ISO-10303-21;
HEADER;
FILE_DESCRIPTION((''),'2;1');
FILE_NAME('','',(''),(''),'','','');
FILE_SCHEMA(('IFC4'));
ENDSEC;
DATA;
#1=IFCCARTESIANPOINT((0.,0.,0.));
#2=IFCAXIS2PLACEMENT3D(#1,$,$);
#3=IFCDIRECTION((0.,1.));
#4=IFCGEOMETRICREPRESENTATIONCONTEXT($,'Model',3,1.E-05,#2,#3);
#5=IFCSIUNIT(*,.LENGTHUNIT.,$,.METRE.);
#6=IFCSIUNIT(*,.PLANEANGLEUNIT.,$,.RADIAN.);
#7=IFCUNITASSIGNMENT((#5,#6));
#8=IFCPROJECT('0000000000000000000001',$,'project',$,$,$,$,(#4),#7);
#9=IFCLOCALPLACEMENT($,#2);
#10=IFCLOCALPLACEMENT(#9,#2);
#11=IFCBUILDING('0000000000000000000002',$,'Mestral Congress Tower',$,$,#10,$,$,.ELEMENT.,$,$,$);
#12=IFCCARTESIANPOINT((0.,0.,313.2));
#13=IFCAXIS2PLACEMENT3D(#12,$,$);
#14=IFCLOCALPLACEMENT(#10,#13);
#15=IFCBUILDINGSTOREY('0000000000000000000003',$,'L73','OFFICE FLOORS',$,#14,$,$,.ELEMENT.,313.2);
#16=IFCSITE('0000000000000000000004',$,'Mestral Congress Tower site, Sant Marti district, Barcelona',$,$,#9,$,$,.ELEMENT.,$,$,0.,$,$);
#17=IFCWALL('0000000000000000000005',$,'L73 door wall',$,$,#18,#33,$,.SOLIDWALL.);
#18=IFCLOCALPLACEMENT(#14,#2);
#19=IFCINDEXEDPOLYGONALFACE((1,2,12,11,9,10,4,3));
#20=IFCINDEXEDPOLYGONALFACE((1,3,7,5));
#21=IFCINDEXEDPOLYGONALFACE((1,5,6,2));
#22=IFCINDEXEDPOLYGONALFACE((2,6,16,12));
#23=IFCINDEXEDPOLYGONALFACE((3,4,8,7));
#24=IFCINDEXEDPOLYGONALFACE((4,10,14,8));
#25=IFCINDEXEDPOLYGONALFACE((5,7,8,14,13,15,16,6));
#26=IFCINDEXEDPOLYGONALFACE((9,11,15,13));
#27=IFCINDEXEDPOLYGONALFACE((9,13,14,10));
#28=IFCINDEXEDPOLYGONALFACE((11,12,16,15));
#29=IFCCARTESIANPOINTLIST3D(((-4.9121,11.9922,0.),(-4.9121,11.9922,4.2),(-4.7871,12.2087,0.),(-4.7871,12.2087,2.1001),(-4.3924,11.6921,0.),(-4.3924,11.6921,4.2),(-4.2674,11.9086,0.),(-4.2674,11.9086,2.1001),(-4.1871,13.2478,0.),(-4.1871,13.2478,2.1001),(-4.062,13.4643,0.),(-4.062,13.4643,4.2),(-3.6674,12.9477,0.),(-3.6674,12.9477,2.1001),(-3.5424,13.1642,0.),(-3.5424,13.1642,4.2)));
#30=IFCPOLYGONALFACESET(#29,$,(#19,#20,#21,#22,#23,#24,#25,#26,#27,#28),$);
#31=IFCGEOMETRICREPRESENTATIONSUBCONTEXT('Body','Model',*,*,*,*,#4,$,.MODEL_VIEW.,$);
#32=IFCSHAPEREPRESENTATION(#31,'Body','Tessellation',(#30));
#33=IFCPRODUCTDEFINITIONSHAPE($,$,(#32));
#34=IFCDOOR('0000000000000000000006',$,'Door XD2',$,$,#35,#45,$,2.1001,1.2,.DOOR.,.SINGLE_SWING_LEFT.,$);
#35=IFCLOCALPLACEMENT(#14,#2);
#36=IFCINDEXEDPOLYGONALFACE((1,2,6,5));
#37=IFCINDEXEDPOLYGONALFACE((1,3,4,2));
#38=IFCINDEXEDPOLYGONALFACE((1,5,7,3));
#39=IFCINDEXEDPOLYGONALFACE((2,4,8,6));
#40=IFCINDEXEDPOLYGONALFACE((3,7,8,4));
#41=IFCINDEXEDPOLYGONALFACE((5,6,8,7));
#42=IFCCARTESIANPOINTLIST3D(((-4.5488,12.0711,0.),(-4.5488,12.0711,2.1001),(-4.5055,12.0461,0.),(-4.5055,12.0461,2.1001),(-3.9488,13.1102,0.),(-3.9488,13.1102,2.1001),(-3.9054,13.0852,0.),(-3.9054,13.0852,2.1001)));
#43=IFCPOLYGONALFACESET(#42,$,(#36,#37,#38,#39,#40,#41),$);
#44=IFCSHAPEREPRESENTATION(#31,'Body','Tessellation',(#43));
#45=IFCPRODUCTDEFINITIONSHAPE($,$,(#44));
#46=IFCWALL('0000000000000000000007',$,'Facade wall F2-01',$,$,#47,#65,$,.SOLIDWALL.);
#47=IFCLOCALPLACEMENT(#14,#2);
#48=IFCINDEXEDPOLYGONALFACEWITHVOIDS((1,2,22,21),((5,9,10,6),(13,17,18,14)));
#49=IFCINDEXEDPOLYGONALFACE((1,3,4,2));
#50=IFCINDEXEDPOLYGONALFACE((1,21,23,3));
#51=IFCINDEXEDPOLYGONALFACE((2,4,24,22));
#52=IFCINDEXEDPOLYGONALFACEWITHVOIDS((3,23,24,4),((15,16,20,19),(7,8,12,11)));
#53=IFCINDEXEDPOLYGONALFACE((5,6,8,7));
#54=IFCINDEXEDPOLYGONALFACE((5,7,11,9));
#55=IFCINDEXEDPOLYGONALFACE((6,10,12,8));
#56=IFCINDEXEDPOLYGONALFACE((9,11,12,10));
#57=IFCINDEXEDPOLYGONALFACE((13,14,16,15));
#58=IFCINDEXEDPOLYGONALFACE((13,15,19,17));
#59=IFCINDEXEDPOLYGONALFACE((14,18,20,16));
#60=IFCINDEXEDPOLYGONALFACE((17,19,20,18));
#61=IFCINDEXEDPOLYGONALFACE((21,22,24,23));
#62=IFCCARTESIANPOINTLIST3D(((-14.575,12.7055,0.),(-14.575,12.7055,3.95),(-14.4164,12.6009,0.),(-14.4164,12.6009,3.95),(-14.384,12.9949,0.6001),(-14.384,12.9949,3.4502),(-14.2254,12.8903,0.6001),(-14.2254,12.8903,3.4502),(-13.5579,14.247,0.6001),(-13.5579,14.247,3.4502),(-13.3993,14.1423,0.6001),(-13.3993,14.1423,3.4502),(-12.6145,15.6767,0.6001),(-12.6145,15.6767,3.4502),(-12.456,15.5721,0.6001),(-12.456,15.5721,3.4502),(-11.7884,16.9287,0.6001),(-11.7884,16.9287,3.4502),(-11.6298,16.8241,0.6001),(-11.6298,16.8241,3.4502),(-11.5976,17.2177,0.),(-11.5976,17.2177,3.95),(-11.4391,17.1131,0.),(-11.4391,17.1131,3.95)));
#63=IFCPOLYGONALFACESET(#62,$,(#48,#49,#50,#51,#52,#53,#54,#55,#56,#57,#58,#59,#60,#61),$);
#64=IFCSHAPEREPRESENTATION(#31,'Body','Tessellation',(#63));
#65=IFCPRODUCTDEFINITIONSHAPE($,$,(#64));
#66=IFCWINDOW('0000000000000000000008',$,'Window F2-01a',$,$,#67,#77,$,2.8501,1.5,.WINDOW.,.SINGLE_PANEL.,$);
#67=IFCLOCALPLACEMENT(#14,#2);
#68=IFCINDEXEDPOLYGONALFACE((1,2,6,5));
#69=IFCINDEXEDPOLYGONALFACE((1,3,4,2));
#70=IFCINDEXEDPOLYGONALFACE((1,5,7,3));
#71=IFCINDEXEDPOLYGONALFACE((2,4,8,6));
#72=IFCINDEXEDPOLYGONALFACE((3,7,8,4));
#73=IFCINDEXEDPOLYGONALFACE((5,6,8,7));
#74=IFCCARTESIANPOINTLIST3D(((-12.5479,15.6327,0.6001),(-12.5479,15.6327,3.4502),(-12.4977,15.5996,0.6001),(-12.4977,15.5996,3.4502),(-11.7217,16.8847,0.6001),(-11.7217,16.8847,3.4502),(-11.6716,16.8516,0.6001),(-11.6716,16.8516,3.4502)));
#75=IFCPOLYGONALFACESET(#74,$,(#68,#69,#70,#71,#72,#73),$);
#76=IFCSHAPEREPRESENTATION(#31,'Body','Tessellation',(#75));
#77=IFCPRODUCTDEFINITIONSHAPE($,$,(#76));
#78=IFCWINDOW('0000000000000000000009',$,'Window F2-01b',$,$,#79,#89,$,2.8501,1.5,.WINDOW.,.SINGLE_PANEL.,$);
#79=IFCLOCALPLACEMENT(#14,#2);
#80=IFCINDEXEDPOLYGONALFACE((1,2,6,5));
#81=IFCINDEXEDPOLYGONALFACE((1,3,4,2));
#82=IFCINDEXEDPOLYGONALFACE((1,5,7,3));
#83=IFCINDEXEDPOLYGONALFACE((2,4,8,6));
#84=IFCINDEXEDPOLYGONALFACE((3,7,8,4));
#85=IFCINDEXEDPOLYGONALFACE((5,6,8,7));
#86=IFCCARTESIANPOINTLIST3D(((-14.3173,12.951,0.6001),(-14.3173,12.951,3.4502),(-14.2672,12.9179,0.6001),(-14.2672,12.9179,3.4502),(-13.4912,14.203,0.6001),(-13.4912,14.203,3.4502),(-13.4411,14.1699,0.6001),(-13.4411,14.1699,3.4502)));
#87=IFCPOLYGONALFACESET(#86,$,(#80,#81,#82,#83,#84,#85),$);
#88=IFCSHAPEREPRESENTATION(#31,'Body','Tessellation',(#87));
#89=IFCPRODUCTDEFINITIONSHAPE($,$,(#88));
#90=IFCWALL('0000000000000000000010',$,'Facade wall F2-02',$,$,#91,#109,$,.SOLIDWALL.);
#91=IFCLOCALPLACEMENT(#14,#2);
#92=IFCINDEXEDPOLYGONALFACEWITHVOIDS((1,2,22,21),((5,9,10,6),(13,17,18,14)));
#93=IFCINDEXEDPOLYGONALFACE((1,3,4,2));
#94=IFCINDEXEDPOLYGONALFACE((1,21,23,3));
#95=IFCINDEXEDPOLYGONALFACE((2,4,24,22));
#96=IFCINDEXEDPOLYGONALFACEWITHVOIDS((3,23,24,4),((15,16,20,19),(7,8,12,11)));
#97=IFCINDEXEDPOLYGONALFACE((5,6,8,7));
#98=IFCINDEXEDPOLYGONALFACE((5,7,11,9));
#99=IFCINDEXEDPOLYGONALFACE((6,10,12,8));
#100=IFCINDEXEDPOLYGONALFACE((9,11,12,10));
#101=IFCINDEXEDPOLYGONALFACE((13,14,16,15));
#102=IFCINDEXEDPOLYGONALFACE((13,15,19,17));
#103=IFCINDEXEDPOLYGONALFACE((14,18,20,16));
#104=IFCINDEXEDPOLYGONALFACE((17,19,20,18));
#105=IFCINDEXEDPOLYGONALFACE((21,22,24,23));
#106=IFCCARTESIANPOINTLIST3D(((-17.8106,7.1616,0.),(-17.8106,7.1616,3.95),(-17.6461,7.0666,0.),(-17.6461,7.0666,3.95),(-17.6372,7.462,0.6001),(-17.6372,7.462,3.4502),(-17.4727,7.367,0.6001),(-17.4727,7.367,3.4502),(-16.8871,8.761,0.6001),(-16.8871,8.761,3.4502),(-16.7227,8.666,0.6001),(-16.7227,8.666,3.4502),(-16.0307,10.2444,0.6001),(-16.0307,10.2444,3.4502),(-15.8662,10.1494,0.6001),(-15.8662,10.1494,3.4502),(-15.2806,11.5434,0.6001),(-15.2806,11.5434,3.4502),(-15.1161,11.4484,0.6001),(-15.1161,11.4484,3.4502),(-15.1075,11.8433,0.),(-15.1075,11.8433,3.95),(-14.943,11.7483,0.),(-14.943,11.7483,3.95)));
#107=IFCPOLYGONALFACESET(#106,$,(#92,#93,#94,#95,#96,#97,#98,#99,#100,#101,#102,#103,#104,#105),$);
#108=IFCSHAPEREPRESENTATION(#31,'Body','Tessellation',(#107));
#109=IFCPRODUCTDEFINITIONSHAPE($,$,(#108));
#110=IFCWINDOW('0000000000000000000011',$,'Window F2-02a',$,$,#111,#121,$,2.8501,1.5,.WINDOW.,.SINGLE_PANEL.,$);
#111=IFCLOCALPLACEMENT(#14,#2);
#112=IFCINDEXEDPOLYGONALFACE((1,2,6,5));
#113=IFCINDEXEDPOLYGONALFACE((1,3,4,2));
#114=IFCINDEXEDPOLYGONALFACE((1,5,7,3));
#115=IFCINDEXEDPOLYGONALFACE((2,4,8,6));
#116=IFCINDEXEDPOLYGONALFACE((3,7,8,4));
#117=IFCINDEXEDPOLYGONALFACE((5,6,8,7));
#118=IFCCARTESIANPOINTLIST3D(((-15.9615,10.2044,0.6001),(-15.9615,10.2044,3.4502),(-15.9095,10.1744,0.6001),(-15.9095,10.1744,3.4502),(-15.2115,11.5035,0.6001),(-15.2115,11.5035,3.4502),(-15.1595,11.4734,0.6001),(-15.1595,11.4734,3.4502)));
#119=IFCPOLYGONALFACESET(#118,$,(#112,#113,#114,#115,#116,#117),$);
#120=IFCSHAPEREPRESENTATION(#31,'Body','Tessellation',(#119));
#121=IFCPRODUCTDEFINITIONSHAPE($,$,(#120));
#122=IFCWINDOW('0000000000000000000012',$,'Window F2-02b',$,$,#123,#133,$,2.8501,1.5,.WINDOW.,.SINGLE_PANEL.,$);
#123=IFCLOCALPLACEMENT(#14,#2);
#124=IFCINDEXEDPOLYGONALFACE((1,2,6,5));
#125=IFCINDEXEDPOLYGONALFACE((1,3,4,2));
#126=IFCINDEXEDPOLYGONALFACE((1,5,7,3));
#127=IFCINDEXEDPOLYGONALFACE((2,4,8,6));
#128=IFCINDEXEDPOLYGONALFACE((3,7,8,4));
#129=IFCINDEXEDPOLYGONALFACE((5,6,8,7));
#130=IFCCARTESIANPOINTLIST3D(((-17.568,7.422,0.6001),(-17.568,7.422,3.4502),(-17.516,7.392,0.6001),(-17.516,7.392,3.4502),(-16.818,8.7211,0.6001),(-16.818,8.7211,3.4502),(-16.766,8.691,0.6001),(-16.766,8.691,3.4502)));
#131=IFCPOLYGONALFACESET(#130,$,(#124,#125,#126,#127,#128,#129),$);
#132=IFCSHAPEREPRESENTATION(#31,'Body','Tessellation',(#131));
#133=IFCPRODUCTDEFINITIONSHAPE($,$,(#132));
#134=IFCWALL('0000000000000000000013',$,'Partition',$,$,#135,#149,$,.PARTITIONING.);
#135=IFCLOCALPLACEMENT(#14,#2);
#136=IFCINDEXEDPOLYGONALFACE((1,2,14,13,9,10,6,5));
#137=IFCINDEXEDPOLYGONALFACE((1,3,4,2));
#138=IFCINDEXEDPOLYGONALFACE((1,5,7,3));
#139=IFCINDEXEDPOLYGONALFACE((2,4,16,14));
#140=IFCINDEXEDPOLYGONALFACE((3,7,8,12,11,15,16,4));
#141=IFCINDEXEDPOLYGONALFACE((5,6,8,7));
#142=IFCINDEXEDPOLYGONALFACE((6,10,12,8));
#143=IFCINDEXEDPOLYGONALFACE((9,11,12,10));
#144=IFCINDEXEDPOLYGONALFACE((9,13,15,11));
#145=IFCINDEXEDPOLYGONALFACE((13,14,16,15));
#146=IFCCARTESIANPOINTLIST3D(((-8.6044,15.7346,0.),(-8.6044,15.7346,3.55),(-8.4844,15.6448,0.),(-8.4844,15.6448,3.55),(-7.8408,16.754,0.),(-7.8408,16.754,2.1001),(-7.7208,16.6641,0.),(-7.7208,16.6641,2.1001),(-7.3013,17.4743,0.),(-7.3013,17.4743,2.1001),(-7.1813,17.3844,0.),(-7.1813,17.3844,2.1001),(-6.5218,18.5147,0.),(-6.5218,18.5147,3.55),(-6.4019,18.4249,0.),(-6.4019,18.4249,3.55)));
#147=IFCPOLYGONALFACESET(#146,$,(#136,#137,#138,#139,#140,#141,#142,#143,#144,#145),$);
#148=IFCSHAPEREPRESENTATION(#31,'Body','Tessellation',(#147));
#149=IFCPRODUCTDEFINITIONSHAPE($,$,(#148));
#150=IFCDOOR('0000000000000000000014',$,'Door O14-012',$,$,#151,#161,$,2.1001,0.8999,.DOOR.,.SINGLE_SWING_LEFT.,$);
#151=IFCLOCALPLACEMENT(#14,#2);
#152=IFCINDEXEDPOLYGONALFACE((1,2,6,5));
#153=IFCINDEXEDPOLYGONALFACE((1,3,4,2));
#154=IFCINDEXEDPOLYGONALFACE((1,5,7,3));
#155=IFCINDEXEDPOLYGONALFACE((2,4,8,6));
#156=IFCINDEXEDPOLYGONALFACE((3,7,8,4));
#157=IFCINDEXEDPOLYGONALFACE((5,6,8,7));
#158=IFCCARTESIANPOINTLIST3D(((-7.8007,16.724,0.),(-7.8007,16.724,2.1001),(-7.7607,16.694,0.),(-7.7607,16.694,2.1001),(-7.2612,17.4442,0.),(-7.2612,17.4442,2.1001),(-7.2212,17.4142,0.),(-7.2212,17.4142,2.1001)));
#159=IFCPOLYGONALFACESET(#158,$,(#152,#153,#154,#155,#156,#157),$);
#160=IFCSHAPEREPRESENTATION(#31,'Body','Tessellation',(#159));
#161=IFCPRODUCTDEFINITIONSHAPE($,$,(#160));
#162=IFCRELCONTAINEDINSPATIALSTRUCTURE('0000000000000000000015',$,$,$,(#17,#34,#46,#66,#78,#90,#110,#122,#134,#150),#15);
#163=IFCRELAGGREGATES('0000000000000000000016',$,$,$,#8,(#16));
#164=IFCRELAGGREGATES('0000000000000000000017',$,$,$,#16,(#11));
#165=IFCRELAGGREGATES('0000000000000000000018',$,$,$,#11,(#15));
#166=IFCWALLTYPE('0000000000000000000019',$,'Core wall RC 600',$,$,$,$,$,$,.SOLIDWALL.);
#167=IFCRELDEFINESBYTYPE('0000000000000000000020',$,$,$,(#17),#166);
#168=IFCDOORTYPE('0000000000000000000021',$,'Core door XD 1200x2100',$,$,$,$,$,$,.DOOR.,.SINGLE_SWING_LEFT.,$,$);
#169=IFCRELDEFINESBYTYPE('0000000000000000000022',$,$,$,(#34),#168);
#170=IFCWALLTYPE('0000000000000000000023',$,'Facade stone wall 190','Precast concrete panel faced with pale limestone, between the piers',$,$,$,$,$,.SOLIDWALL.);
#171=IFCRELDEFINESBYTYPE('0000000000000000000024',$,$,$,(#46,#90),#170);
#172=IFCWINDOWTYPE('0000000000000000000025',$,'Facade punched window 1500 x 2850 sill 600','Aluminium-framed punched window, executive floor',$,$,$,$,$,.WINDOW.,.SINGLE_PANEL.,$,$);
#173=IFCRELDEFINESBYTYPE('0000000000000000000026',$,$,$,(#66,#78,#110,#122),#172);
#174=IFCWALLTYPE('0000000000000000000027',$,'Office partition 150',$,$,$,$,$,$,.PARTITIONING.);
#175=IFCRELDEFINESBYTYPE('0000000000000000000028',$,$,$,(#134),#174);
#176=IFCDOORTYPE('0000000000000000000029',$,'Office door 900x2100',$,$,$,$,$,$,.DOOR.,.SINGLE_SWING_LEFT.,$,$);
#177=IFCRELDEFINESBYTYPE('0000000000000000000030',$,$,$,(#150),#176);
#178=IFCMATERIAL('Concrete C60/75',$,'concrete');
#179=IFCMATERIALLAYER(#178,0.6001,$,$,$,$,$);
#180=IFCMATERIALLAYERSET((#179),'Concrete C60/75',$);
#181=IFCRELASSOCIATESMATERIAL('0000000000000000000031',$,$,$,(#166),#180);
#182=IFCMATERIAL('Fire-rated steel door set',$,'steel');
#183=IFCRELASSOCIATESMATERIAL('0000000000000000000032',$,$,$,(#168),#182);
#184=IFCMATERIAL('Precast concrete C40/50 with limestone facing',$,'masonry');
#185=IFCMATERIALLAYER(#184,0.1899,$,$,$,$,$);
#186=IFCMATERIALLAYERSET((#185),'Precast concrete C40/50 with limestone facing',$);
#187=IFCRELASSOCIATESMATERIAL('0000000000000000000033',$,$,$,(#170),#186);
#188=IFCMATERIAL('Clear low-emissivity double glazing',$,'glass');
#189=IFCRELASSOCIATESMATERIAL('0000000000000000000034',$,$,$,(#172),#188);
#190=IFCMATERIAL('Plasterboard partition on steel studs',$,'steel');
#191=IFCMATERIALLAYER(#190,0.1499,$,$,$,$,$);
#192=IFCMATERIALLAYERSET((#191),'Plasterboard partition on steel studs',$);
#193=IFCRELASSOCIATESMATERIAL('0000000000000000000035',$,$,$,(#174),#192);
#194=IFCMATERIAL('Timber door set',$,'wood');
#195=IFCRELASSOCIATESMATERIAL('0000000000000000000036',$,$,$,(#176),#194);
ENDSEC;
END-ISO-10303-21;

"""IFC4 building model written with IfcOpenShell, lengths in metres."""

from ifc_helpers import new_model, si_unit, direction, frame, frame_2d, origin, place, context, subcontext, project, spatial, rectangle, extrude, material, layer, layer_set, type_object, element, fill, save


model = new_model("IFC4")

# Units and contexts
model_context = context("Model", 3, precision=1e-05, world=origin(), true_north=direction((0.0, 1.0)))
body_context = subcontext(model_context, "Body", "Model", "MODEL_VIEW")
ifc_project = project(units=[si_unit("LENGTHUNIT", "METRE"), si_unit("PLANEANGLEUNIT", "RADIAN")], contexts=[model_context])

# Site, building, storey
site_placement = place(None, origin())
site = spatial("IfcSite", under=ifc_project, at=site_placement, Name="Mestral Congress Tower site, Sant Marti district, Barcelona", CompositionType="ELEMENT", RefElevation=0.0)
building_placement = place(site_placement, origin())
building = spatial("IfcBuilding", under=site, at=building_placement, Name="Mestral Congress Tower", CompositionType="ELEMENT")
storey_placement = place(building_placement, frame((0.0, 0.0, 313.2)))
storey = spatial("IfcBuildingStorey", under=building, at=storey_placement, Name="L73", Description="OFFICE FLOORS", CompositionType="ELEMENT", Elevation=313.2)

# Shared definitions
ifc_material_1 = material(Name="Concrete C60/75", Category="concrete")

# Shared definitions
ifc_layer_1 = layer(ifc_material_1, 0.6001)
ifc_layer_set_1 = layer_set([ifc_layer_1], Name="Concrete C60/75")
wall_type_1 = type_object("IfcWallType", Name="Core wall RC 600", PredefinedType="SOLIDWALL", material=ifc_layer_set_1)

# Wall, opening, door
wall_1_placement = place(storey_placement, frame((-4.6523, 11.842, 0.0), z_axis=(0.0, 0.0, 1.0), x_axis=(0.500062, 0.865989, 0.0)))
wall_1 = element("IfcWall", 1, at=wall_1_placement, inside=storey, type_object=wall_type_1, Name="L73 door wall", PredefinedType="SOLIDWALL", context=body_context, shape_type="SweptSolid", body=[
    extrude(rectangle(XDim=1.7, YDim=0.6001, at=frame_2d((0.8501, 0.0))), origin(), (0.0, 0.0, 1.0), 4.2),
])
opening_1_placement = place(wall_1_placement, frame((0.25, 0.0, 0.0)))
opening_1 = element("IfcOpeningElement", 2, at=opening_1_placement, cuts=wall_1, PredefinedType="OPENING", context=body_context, shape_type="SweptSolid", body=[
    extrude(rectangle(XDim=1.2, YDim=2.1001, at=frame_2d((0.6001, 1.05))), frame((0.0, 0.3101, 0.0), z_axis=(0.0, -1.0, 0.0), x_axis=(1.0, 0.0, 0.0)), (0.0, 0.0, 1.0), 0.6201),
])
ifc_material_2 = material(Name="Fire-rated steel door set", Category="steel")
door_type_1 = type_object("IfcDoorType", Name="Core door XD 1200x2100", OperationType="SINGLE_SWING_LEFT", PredefinedType="DOOR", material=ifc_material_2)
door_1_placement = place(opening_1_placement, origin())
door_1 = element("IfcDoor", 3, at=door_1_placement, inside=storey, type_object=door_type_1, Name="Door XD2", OperationType="SINGLE_SWING_LEFT", OverallHeight=2.1001, OverallWidth=1.2, PredefinedType="DOOR", context=body_context, shape_type="SweptSolid", body=[
    extrude(rectangle(XDim=1.2, YDim=2.1001, at=frame_2d((0.6001, 1.05))), frame((0.0, 0.0249, 0.0), z_axis=(0.0, -1.0, 0.0), x_axis=(1.0, 0.0, 0.0)), (0.0, 0.0, 1.0), 0.05),
])
fill(opening_1, door_1)

# Walls, openings, windows
ifc_material_3 = material(Name="Precast concrete C40/50 with limestone facing", Category="masonry")
ifc_layer_2 = layer(ifc_material_3, 0.1899)
ifc_layer_set_2 = layer_set([ifc_layer_2], Name="Precast concrete C40/50 with limestone facing")
wall_type_2 = type_object("IfcWallType", Name="Facade stone wall 190", Description="Precast concrete panel faced with pale limestone, between the piers", PredefinedType="SOLIDWALL", material=ifc_layer_set_2)
wall_2_placement = place(storey_placement, frame((-11.5183, 17.1655, 0.0), z_axis=(0.0, 0.0, 1.0), x_axis=(-0.550744, -0.834674, 0.0)))
wall_2 = element("IfcWall", 4, at=wall_2_placement, inside=storey, type_object=wall_type_2, Name="Facade wall F2-01", PredefinedType="SOLIDWALL", context=body_context, shape_type="SweptSolid", body=[
    extrude(rectangle(XDim=5.406, YDim=0.1899, at=frame_2d((2.7031, 0.0))), origin(), (0.0, 0.0, 1.0), 3.95),
])
opening_2_placement = place(wall_2_placement, frame((0.3464, 0.0, 0.6001)))
opening_2 = element("IfcOpeningElement", 5, at=opening_2_placement, cuts=wall_2, PredefinedType="OPENING", context=body_context, shape_type="SweptSolid", body=[
    extrude(rectangle(XDim=1.5, YDim=2.8501, at=frame_2d((0.75, 1.425))), frame((0.0, 0.105, 0.0), z_axis=(0.0, -1.0, 0.0), x_axis=(1.0, 0.0, 0.0)), (0.0, 0.0, 1.0), 0.21),
])
opening_3_placement = place(wall_2_placement, frame((3.5593, 0.0, 0.6001)))
opening_3 = element("IfcOpeningElement", 6, at=opening_3_placement, cuts=wall_2, PredefinedType="OPENING", context=body_context, shape_type="SweptSolid", body=[
    extrude(rectangle(XDim=1.5, YDim=2.8501, at=frame_2d((0.75, 1.425))), frame((0.0, 0.105, 0.0), z_axis=(0.0, -1.0, 0.0), x_axis=(1.0, 0.0, 0.0)), (0.0, 0.0, 1.0), 0.21),
])
ifc_material_4 = material(Name="Clear low-emissivity double glazing", Category="glass")
window_type = type_object("IfcWindowType", Name="Facade punched window 1500 x 2850 sill 600", Description="Aluminium-framed punched window, executive floor", PartitioningType="SINGLE_PANEL", PredefinedType="WINDOW", material=ifc_material_4)
window_1_placement = place(opening_2_placement, origin())
window_1 = element("IfcWindow", 7, at=window_1_placement, inside=storey, type_object=window_type, Name="Window F2-01a", OverallHeight=2.8501, OverallWidth=1.5, PartitioningType="SINGLE_PANEL", PredefinedType="WINDOW", context=body_context, shape_type="SweptSolid", body=[
    extrude(rectangle(XDim=1.5, YDim=2.8501, at=frame_2d((0.75, 1.425))), frame((0.0, 0.0449, 0.0), z_axis=(0.0, -1.0, 0.0), x_axis=(1.0, 0.0, 0.0)), (0.0, 0.0, 1.0), 0.0601),
])
fill(opening_2, window_1)
window_2_placement = place(opening_3_placement, origin())
window_2 = element("IfcWindow", 8, at=window_2_placement, inside=storey, type_object=window_type, Name="Window F2-01b", OverallHeight=2.8501, OverallWidth=1.5, PartitioningType="SINGLE_PANEL", PredefinedType="WINDOW", context=body_context, shape_type="SweptSolid", body=[
    extrude(rectangle(XDim=1.5, YDim=2.8501, at=frame_2d((0.75, 1.425))), frame((0.0, 0.0449, 0.0), z_axis=(0.0, -1.0, 0.0), x_axis=(1.0, 0.0, 0.0)), (0.0, 0.0, 1.0), 0.0601),
])
fill(opening_3, window_2)
wall_3_placement = place(storey_placement, frame((-15.0251, 11.7959, 0.0), z_axis=(0.0, 0.0, 1.0), x_axis=(-0.500025, -0.866011, 0.0)))
wall_3 = element("IfcWall", 9, at=wall_3_placement, inside=storey, type_object=wall_type_2, Name="Facade wall F2-02", PredefinedType="SOLIDWALL", context=body_context, shape_type="SweptSolid", body=[
    extrude(rectangle(XDim=5.406, YDim=0.1899, at=frame_2d((2.7031, 0.0))), origin(), (0.0, 0.0, 1.0), 3.95),
])
opening_4_placement = place(wall_3_placement, frame((0.3464, 0.0, 0.6001)))
opening_4 = element("IfcOpeningElement", 10, at=opening_4_placement, cuts=wall_3, PredefinedType="OPENING", context=body_context, shape_type="SweptSolid", body=[
    extrude(rectangle(XDim=1.5, YDim=2.8501, at=frame_2d((0.75, 1.425))), frame((0.0, 0.105, 0.0), z_axis=(0.0, -1.0, 0.0), x_axis=(1.0, 0.0, 0.0)), (0.0, 0.0, 1.0), 0.21),
])
opening_5_placement = place(wall_3_placement, frame((3.5593, 0.0, 0.6001)))
opening_5 = element("IfcOpeningElement", 11, at=opening_5_placement, cuts=wall_3, PredefinedType="OPENING", context=body_context, shape_type="SweptSolid", body=[
    extrude(rectangle(XDim=1.5, YDim=2.8501, at=frame_2d((0.75, 1.425))), frame((0.0, 0.105, 0.0), z_axis=(0.0, -1.0, 0.0), x_axis=(1.0, 0.0, 0.0)), (0.0, 0.0, 1.0), 0.21),
])
window_3_placement = place(opening_4_placement, origin())
window_3 = element("IfcWindow", 12, at=window_3_placement, inside=storey, type_object=window_type, Name="Window F2-02a", OverallHeight=2.8501, OverallWidth=1.5, PartitioningType="SINGLE_PANEL", PredefinedType="WINDOW", context=body_context, shape_type="SweptSolid", body=[
    extrude(rectangle(XDim=1.5, YDim=2.8501, at=frame_2d((0.75, 1.425))), frame((0.0, 0.0449, 0.0), z_axis=(0.0, -1.0, 0.0), x_axis=(1.0, 0.0, 0.0)), (0.0, 0.0, 1.0), 0.0601),
])
fill(opening_4, window_3)
window_4_placement = place(opening_5_placement, origin())
window_4 = element("IfcWindow", 13, at=window_4_placement, inside=storey, type_object=window_type, Name="Window F2-02b", OverallHeight=2.8501, OverallWidth=1.5, PartitioningType="SINGLE_PANEL", PredefinedType="WINDOW", context=body_context, shape_type="SweptSolid", body=[
    extrude(rectangle(XDim=1.5, YDim=2.8501, at=frame_2d((0.75, 1.425))), frame((0.0, 0.0449, 0.0), z_axis=(0.0, -1.0, 0.0), x_axis=(1.0, 0.0, 0.0)), (0.0, 0.0, 1.0), 0.0601),
])
fill(opening_5, window_4)

# Wall, opening, door
ifc_material_5 = material(Name="Plasterboard partition on steel studs", Category="steel")
ifc_layer_3 = layer(ifc_material_5, 0.1499)
ifc_layer_set_3 = layer_set([ifc_layer_3], Name="Plasterboard partition on steel studs")
wall_type_3 = type_object("IfcWallType", Name="Office partition 150", PredefinedType="PARTITIONING", material=ifc_layer_set_3)
wall_4_placement = place(storey_placement, frame((-8.5444, 15.6897, 0.0), z_axis=(0.0, 0.0, 1.0), x_axis=(0.599539, 0.800346, 0.0)))
wall_4 = element("IfcWall", 14, at=wall_4_placement, inside=storey, type_object=wall_type_3, Name="Partition", PredefinedType="PARTITIONING", context=body_context, shape_type="SweptSolid", body=[
    extrude(rectangle(XDim=3.4736, YDim=0.1499, at=frame_2d((1.7368, 0.0))), origin(), (0.0, 0.0, 1.0), 3.55),
])
opening_6_placement = place(wall_4_placement, frame((1.2737, 0.0, 0.0)))
opening_6 = element("IfcOpeningElement", 15, at=opening_6_placement, cuts=wall_4, PredefinedType="OPENING", context=body_context, shape_type="SweptSolid", body=[
    extrude(rectangle(XDim=0.8999, YDim=2.1001, at=frame_2d((0.45, 1.05))), frame((0.0, 0.085, 0.0), z_axis=(0.0, -1.0, 0.0), x_axis=(1.0, 0.0, 0.0)), (0.0, 0.0, 1.0), 0.1699),
])
ifc_material_6 = material(Name="Timber door set", Category="wood")
door_type_2 = type_object("IfcDoorType", Name="Office door 900x2100", OperationType="SINGLE_SWING_LEFT", PredefinedType="DOOR", material=ifc_material_6)
door_2_placement = place(opening_6_placement, origin())
door_2 = element("IfcDoor", 16, at=door_2_placement, inside=storey, type_object=door_type_2, Name="Door O14-012", OperationType="SINGLE_SWING_LEFT", OverallHeight=2.1001, OverallWidth=0.8999, PredefinedType="DOOR", context=body_context, shape_type="SweptSolid", body=[
    extrude(rectangle(XDim=0.8999, YDim=2.1001, at=frame_2d((0.45, 1.05))), frame((0.0, 0.0249, 0.0), z_axis=(0.0, -1.0, 0.0), x_axis=(1.0, 0.0, 0.0)), (0.0, 0.0, 1.0), 0.05),
])
fill(opening_6, door_2)

save(model, "model.ifc")
